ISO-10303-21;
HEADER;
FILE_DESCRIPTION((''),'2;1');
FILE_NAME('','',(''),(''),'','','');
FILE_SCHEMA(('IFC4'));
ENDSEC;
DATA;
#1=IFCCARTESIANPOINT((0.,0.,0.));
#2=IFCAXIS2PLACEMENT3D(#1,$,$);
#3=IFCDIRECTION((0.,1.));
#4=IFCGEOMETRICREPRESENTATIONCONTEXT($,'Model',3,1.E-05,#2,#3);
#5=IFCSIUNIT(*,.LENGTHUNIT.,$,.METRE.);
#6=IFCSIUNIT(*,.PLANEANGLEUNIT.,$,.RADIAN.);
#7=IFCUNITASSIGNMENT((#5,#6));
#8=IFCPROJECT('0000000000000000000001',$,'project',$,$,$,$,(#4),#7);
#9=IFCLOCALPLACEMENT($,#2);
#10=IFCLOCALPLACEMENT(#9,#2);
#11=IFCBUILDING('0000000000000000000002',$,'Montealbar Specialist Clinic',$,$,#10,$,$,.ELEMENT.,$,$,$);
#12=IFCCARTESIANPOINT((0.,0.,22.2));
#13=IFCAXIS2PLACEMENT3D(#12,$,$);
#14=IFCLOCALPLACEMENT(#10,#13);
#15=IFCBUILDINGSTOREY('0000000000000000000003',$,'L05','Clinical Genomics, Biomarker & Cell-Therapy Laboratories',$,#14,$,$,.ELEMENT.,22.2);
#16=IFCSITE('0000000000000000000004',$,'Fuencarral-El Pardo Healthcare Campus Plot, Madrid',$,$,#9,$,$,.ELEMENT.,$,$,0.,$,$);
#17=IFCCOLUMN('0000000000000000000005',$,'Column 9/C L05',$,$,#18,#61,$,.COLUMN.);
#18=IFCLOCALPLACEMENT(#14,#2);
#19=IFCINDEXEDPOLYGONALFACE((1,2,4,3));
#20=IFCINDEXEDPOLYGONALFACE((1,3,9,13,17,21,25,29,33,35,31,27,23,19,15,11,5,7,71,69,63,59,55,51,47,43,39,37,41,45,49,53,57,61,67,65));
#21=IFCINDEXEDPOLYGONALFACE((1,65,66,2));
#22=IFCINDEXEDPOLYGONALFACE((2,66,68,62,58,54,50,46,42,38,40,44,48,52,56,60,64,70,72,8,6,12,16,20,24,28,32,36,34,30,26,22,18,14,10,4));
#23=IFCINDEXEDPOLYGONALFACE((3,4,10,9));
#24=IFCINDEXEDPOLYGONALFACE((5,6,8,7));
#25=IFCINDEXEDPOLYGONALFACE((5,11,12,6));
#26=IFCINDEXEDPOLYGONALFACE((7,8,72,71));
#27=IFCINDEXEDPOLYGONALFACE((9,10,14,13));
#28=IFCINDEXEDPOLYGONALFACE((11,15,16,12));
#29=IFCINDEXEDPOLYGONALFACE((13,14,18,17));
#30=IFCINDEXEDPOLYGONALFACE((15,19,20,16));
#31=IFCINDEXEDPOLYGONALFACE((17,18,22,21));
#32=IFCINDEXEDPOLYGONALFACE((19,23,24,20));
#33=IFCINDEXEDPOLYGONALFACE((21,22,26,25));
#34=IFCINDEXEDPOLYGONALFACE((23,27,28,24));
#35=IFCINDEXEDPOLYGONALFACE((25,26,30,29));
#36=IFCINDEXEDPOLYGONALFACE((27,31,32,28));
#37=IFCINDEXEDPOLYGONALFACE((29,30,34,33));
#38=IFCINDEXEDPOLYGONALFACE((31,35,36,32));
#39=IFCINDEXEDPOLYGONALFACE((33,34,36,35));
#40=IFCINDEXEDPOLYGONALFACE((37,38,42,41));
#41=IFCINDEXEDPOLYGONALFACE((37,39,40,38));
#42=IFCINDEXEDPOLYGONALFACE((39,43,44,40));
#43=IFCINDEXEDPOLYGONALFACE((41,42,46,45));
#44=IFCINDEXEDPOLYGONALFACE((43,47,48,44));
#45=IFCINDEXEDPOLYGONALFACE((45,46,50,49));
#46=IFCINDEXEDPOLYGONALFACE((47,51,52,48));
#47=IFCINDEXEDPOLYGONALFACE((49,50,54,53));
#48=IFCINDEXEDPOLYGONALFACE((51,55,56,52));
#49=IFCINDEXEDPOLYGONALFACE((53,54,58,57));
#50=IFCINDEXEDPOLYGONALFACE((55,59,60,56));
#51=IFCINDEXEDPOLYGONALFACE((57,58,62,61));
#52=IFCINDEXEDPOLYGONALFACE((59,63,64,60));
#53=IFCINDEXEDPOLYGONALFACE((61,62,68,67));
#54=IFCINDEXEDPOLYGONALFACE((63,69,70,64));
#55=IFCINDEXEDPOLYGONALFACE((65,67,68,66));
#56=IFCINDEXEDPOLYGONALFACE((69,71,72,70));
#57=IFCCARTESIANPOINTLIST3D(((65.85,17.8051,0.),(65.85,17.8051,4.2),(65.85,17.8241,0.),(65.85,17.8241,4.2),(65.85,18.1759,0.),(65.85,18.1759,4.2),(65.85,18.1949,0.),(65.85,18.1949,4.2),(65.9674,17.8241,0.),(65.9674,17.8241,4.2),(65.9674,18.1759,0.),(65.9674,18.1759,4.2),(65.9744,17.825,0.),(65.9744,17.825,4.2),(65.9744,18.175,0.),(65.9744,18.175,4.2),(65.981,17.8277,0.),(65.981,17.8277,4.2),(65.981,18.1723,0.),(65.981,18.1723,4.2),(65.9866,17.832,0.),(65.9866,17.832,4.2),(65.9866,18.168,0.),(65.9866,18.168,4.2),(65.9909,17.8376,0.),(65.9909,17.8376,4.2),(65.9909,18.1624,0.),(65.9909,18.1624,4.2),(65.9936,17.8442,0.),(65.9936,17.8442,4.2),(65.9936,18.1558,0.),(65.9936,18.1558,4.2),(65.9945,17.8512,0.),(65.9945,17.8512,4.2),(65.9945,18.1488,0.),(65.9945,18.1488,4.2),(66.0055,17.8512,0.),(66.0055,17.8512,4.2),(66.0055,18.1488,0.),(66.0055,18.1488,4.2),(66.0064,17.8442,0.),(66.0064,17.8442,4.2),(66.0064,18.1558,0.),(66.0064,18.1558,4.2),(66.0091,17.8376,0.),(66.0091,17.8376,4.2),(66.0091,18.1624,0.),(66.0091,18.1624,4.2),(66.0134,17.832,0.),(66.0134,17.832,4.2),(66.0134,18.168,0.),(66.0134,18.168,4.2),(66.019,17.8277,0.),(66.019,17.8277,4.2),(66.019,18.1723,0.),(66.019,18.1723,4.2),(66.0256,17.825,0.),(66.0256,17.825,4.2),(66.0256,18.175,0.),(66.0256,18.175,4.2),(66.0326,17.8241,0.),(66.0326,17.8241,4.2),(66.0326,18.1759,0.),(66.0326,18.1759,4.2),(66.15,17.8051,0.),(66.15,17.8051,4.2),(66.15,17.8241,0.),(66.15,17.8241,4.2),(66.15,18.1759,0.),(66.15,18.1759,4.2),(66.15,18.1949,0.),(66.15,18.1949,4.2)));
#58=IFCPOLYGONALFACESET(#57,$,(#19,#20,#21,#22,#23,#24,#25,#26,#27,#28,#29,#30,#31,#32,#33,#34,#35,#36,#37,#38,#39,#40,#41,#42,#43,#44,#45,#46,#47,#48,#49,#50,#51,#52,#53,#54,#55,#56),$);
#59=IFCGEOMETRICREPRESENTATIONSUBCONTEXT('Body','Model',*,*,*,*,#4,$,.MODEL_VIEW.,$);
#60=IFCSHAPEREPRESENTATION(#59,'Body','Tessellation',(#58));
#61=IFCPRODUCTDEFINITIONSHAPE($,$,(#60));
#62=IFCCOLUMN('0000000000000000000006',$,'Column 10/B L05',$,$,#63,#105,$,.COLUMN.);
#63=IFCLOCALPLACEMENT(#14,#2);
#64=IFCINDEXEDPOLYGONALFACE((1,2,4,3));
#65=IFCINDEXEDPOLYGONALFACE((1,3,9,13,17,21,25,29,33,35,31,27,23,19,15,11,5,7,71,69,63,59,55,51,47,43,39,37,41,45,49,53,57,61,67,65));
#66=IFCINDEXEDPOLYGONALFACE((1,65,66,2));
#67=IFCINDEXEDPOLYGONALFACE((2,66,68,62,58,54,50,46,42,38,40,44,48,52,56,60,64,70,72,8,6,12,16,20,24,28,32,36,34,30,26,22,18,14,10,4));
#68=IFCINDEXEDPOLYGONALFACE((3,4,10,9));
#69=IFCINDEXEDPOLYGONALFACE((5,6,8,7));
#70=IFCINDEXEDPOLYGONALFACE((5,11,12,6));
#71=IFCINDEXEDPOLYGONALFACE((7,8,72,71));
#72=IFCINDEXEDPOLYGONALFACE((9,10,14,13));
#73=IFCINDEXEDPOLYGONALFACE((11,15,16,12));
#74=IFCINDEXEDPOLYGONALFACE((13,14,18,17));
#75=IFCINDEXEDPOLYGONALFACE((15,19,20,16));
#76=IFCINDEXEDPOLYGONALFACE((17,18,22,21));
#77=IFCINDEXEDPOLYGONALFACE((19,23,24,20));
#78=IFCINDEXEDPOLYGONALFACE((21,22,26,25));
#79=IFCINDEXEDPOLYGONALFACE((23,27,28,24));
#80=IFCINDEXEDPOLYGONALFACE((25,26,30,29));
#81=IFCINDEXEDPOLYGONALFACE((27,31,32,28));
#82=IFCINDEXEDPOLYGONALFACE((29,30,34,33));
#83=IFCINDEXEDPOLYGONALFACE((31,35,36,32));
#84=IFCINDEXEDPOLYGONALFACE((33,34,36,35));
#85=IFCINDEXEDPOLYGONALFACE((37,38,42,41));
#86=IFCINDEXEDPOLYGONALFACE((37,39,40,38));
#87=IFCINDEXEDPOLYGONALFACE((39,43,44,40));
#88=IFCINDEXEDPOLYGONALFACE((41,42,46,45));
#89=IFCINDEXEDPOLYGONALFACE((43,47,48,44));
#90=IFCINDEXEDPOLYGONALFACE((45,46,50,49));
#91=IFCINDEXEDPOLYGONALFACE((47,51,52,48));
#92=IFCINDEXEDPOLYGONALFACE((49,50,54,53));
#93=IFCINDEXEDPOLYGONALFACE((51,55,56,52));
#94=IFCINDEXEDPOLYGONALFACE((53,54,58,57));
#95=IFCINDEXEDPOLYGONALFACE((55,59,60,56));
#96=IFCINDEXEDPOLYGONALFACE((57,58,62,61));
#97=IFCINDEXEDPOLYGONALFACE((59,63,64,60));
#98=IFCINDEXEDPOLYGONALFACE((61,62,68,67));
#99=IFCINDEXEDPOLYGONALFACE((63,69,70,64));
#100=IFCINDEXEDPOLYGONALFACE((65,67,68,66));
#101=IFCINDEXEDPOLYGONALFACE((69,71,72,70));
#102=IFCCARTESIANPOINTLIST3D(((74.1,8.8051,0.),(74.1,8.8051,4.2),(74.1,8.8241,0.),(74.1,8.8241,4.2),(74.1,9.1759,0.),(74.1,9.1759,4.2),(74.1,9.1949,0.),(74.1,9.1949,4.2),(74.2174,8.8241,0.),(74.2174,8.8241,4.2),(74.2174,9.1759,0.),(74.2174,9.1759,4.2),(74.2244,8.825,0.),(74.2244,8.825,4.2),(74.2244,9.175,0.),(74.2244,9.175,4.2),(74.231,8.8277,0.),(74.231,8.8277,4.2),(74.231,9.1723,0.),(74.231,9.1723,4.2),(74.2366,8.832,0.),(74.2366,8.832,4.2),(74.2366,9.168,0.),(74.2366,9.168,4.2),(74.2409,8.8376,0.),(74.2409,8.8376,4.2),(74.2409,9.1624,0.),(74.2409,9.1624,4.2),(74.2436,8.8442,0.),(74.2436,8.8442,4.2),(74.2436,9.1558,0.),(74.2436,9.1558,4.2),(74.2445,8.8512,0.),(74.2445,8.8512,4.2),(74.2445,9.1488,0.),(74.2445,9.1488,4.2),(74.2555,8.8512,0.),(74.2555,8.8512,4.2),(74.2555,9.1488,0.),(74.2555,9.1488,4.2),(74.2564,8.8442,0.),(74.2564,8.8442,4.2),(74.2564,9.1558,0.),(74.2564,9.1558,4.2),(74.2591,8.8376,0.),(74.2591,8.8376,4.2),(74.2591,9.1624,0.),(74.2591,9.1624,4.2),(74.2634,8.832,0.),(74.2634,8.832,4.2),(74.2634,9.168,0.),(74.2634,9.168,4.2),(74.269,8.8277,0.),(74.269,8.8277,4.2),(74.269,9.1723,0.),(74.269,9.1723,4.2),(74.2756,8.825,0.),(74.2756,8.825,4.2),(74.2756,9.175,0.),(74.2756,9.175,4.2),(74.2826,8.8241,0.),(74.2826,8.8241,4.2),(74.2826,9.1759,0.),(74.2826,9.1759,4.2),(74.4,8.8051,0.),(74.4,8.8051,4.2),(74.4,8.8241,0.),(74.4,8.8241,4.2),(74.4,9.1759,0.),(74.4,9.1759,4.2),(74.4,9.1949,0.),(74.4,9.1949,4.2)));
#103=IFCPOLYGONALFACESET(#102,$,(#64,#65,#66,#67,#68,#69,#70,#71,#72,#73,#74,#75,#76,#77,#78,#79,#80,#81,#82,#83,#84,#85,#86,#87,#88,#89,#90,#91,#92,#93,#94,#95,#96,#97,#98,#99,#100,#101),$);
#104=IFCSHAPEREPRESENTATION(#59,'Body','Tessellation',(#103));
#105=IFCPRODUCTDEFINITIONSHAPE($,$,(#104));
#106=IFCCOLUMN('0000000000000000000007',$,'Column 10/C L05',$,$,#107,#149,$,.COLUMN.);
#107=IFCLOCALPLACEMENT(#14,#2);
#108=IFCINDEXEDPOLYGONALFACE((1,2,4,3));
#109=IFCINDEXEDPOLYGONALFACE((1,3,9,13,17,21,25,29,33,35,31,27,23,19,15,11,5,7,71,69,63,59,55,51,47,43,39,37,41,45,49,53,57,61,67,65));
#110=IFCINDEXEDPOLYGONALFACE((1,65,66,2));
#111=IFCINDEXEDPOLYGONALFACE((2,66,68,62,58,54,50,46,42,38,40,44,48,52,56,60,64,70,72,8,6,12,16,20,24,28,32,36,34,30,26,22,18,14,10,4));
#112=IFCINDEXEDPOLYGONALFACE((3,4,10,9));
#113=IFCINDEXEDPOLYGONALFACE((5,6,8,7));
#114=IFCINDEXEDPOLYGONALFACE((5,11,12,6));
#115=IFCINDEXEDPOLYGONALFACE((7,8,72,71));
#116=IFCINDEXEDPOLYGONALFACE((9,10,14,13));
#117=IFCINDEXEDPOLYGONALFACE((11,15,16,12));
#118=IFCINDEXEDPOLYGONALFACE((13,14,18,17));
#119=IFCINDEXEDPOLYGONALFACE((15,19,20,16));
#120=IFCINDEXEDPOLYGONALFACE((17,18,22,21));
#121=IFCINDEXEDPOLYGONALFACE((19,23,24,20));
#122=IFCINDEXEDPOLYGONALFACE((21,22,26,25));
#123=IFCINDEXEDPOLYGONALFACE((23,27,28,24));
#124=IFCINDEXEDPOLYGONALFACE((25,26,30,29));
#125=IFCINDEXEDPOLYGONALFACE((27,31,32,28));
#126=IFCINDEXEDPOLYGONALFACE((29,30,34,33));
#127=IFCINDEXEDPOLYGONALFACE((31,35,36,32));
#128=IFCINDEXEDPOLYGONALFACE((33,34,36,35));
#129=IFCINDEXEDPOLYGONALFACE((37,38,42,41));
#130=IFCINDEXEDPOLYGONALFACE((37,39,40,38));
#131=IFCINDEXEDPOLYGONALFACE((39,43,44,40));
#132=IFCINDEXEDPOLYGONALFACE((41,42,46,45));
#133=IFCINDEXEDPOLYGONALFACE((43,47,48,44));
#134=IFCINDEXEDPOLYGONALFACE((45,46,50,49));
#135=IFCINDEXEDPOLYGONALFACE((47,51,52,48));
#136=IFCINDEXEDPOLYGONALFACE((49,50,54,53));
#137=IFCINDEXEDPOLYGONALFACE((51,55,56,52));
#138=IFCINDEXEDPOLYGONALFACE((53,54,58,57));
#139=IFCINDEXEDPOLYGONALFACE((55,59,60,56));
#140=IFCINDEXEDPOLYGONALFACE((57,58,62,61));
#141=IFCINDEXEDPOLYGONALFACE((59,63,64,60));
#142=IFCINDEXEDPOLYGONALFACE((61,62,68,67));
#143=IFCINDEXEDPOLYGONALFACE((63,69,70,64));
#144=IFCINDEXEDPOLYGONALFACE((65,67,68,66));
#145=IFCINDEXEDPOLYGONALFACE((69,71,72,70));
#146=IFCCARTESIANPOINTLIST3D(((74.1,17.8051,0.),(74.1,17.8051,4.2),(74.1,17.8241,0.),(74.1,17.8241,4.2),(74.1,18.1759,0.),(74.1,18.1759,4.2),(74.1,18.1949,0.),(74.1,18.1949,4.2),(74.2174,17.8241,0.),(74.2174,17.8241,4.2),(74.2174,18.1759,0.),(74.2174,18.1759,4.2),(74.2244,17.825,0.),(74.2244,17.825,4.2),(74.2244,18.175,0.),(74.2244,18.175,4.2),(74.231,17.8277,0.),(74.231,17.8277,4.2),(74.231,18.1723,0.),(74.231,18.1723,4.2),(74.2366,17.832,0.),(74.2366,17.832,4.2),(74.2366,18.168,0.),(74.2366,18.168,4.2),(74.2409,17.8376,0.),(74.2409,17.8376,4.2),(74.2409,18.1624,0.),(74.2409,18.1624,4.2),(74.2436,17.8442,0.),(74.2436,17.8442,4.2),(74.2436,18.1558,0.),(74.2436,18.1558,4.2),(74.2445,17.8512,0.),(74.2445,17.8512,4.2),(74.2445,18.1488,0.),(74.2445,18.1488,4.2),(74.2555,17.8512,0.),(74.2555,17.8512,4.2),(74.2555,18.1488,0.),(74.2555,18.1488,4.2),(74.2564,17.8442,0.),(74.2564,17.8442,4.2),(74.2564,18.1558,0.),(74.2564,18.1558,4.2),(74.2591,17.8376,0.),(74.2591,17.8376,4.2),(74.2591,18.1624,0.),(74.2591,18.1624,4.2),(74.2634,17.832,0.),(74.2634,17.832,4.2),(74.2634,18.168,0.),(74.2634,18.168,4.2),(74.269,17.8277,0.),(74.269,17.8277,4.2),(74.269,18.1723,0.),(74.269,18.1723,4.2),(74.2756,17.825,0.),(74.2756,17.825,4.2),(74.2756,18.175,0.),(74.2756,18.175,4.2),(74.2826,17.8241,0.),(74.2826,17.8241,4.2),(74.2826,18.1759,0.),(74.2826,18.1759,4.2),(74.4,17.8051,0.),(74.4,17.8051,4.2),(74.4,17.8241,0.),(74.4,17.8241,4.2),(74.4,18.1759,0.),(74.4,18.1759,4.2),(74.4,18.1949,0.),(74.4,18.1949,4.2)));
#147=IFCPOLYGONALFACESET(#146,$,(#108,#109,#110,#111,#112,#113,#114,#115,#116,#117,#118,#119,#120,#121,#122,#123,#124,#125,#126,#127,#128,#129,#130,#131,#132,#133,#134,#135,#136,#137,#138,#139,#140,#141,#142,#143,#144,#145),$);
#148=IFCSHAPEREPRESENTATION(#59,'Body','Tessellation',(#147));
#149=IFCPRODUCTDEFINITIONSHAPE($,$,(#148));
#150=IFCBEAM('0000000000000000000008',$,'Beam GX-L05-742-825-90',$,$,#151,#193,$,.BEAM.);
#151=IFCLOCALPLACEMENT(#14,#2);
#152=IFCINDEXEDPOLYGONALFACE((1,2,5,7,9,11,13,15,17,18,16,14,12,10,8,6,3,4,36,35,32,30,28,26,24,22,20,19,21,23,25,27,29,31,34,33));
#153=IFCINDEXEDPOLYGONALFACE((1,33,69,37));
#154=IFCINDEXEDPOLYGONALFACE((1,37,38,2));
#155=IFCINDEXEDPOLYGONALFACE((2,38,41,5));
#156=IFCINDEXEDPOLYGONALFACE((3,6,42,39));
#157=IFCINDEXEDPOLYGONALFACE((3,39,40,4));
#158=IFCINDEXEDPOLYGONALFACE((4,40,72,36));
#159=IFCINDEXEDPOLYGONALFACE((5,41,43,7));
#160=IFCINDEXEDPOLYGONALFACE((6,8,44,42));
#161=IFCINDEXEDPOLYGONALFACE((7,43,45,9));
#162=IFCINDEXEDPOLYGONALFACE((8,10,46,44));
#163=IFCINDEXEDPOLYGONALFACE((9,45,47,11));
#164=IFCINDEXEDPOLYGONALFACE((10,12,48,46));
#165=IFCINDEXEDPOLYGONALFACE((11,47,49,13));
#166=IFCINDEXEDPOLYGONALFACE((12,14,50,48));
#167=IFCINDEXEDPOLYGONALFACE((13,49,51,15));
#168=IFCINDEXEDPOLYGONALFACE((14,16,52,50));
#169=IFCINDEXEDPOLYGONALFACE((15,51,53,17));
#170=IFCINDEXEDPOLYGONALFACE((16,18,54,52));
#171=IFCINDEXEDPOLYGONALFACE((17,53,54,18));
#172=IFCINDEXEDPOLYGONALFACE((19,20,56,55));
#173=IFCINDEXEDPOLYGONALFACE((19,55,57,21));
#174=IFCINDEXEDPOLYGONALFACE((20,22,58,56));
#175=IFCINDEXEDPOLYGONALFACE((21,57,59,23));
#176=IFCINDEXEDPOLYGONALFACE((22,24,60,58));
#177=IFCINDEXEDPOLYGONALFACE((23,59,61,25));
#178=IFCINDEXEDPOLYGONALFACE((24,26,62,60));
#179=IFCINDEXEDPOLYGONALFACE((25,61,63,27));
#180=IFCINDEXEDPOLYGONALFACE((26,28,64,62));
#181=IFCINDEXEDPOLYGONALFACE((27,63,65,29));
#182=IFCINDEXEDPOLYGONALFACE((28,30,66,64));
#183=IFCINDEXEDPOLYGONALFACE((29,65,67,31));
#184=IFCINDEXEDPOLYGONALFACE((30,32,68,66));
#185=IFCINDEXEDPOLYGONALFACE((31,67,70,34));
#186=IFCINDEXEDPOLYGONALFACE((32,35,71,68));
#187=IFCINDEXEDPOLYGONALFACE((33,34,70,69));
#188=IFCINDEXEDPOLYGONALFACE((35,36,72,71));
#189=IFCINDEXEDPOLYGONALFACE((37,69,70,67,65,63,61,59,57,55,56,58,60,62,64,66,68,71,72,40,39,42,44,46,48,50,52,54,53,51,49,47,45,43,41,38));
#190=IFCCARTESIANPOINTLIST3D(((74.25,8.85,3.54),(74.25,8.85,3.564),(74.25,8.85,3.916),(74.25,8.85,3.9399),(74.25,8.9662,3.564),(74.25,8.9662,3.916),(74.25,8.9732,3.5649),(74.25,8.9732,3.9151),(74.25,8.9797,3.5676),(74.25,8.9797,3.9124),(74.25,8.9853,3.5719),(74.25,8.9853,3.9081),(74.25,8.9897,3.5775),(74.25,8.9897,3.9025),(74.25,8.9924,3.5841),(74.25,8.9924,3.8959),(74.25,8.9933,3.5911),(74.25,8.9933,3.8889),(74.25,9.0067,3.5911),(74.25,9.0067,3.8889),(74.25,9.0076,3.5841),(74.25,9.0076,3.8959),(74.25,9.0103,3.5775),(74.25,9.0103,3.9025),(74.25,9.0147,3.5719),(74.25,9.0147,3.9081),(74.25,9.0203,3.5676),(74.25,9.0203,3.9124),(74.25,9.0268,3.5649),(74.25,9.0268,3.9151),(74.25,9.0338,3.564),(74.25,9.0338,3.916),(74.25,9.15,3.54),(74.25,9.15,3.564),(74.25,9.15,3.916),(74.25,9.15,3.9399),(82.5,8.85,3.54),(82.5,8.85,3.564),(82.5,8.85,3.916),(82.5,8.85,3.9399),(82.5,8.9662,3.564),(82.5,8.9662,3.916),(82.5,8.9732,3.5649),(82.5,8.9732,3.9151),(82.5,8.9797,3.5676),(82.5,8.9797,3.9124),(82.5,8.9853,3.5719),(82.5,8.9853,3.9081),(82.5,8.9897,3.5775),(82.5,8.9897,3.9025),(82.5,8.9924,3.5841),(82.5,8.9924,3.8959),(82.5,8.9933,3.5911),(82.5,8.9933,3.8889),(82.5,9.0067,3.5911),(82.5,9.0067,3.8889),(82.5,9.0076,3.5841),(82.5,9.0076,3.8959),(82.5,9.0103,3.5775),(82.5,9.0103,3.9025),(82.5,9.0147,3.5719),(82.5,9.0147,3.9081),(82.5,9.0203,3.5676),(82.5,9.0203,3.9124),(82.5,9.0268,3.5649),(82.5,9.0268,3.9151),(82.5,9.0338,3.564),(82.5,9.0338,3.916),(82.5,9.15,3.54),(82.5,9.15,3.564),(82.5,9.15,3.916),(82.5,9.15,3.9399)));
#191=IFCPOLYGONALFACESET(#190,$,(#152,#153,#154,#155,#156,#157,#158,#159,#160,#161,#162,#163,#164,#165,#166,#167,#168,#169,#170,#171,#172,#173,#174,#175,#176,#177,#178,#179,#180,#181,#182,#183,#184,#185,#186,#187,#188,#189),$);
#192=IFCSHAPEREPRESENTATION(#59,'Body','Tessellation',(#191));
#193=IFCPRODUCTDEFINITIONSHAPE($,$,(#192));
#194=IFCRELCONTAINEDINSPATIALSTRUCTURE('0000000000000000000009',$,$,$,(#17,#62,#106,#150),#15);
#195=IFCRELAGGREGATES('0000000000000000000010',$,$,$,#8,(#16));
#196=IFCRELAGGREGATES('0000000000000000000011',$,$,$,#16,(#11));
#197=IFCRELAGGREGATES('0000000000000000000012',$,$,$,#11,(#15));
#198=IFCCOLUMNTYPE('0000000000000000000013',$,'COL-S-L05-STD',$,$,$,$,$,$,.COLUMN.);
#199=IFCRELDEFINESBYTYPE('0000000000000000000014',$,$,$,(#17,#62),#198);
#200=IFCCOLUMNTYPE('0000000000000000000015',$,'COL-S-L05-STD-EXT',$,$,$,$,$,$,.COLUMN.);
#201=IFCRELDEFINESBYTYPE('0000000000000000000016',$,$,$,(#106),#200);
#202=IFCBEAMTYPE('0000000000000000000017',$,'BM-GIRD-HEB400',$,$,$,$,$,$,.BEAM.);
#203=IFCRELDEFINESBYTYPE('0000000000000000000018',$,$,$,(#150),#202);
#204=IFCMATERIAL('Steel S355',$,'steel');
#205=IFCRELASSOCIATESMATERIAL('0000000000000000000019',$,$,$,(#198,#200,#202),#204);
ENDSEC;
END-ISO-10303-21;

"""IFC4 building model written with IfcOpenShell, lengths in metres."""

from ifc_helpers import new_model, si_unit, direction, frame, origin, origin_2d, place, context, subcontext, project, spatial, i_section, extrude, material, material_profile, profile_set, type_object, element, save


model = new_model("IFC4")

# Units and contexts
model_context = context("Model", 3, precision=1e-05, world=origin(), true_north=direction((0.0, 1.0)))
body_context = subcontext(model_context, "Body", "Model", "MODEL_VIEW")
ifc_project = project(units=[si_unit("LENGTHUNIT", "METRE"), si_unit("PLANEANGLEUNIT", "RADIAN")], contexts=[model_context])

# Site, building, storey
site_placement = place(None, origin())
site = spatial("IfcSite", under=ifc_project, at=site_placement, Name="Fuencarral-El Pardo Healthcare Campus Plot, Madrid", CompositionType="ELEMENT", RefElevation=0.0)
building_placement = place(site_placement, origin())
building = spatial("IfcBuilding", under=site, at=building_placement, Name="Montealbar Specialist Clinic", CompositionType="ELEMENT")
storey_placement = place(building_placement, frame((0.0, 0.0, 22.2)))
storey = spatial("IfcBuildingStorey", under=building, at=storey_placement, Name="L05", Description="Clinical Genomics, Biomarker & Cell-Therapy Laboratories", CompositionType="ELEMENT", Elevation=22.2)

# Columns
ifc_material_1 = material(Name="Steel S355", Category="steel")
ifc_material_profile_1 = material_profile(ifc_material_1, i_section(OverallWidth=0.3, OverallDepth=0.3899, WebThickness=0.011, FlangeThickness=0.019, FilletRadius=0.0271, at=origin_2d()), Name="HEA 400", Category="steel")
ifc_profile_set_1 = profile_set([ifc_material_profile_1], Name="Steel S355")
column_type_1 = type_object("IfcColumnType", Name="COL-S-L05-STD", PredefinedType="COLUMN", material=ifc_profile_set_1)
for number, where, z_axis, x_axis, name in (
    (1, (66.0, 18.0, 0.0), (0.0, 0.0, 1.0), (1.0, 0.0, 0.0), "Column 9/C L05"),
    (2, (74.25, 9.0, 0.0), (0.0, 0.0, 1.0), (1.0, 0.0, 0.0), "Column 10/B L05"),
):
    element("IfcColumn", number, at=place(storey_placement, frame(where, z_axis=z_axis, x_axis=x_axis)), inside=storey, type_object=column_type_1, Name=name, PredefinedType="COLUMN", context=body_context, shape_type="SweptSolid", body=[
        extrude(i_section(OverallWidth=0.3, OverallDepth=0.3899, WebThickness=0.011, FlangeThickness=0.019, FilletRadius=0.0271, at=origin_2d()), origin(), (0.0, 0.0, 1.0), 4.2),
    ])
ifc_material_profile_2 = material_profile(ifc_material_1, i_section(OverallWidth=0.3, OverallDepth=0.3899, WebThickness=0.011, FlangeThickness=0.019, FilletRadius=0.0271, at=origin_2d()), Name="HEA 400", Category="steel")
ifc_profile_set_2 = profile_set([ifc_material_profile_2], Name="Steel S355")
column_type_2 = type_object("IfcColumnType", Name="COL-S-L05-STD-EXT", PredefinedType="COLUMN", material=ifc_profile_set_2)
column_placement = place(storey_placement, frame((74.25, 18.0, 0.0), z_axis=(0.0, 0.0, 1.0), x_axis=(1.0, 0.0, 0.0)))
element("IfcColumn", 3, at=column_placement, inside=storey, type_object=column_type_2, Name="Column 10/C L05", PredefinedType="COLUMN", context=body_context, shape_type="SweptSolid", body=[
    extrude(i_section(OverallWidth=0.3, OverallDepth=0.3899, WebThickness=0.011, FlangeThickness=0.019, FilletRadius=0.0271, at=origin_2d()), origin(), (0.0, 0.0, 1.0), 4.2),
])

# Beam
ifc_material_profile_3 = material_profile(ifc_material_1, i_section(OverallWidth=0.3, OverallDepth=0.3999, WebThickness=0.0134, FlangeThickness=0.0239, FilletRadius=0.0271, at=origin_2d()), Name="HEB 400", Category="steel")
ifc_profile_set_3 = profile_set([ifc_material_profile_3], Name="Steel S355")
beam_type_1 = type_object("IfcBeamType", Name="BM-GIRD-HEB400", PredefinedType="BEAM", material=ifc_profile_set_3)
for number, where, z_axis, x_axis, name in (
    (4, (74.25, 9.0, 3.74), (1.0, 0.0, 0.0), (0.0, 1.0, 0.0), "Beam GX-L05-742-825-90"),
):
    element("IfcBeam", number, at=place(storey_placement, frame(where, z_axis=z_axis, x_axis=x_axis)), inside=storey, type_object=beam_type_1, Name=name, PredefinedType="BEAM", context=body_context, shape_type="SweptSolid", body=[
        extrude(i_section(OverallWidth=0.3, OverallDepth=0.3999, WebThickness=0.0134, FlangeThickness=0.0239, FilletRadius=0.0271, at=origin_2d()), origin(), (0.0, 0.0, 1.0), 8.25),
    ])

save(model, "model.ifc")
